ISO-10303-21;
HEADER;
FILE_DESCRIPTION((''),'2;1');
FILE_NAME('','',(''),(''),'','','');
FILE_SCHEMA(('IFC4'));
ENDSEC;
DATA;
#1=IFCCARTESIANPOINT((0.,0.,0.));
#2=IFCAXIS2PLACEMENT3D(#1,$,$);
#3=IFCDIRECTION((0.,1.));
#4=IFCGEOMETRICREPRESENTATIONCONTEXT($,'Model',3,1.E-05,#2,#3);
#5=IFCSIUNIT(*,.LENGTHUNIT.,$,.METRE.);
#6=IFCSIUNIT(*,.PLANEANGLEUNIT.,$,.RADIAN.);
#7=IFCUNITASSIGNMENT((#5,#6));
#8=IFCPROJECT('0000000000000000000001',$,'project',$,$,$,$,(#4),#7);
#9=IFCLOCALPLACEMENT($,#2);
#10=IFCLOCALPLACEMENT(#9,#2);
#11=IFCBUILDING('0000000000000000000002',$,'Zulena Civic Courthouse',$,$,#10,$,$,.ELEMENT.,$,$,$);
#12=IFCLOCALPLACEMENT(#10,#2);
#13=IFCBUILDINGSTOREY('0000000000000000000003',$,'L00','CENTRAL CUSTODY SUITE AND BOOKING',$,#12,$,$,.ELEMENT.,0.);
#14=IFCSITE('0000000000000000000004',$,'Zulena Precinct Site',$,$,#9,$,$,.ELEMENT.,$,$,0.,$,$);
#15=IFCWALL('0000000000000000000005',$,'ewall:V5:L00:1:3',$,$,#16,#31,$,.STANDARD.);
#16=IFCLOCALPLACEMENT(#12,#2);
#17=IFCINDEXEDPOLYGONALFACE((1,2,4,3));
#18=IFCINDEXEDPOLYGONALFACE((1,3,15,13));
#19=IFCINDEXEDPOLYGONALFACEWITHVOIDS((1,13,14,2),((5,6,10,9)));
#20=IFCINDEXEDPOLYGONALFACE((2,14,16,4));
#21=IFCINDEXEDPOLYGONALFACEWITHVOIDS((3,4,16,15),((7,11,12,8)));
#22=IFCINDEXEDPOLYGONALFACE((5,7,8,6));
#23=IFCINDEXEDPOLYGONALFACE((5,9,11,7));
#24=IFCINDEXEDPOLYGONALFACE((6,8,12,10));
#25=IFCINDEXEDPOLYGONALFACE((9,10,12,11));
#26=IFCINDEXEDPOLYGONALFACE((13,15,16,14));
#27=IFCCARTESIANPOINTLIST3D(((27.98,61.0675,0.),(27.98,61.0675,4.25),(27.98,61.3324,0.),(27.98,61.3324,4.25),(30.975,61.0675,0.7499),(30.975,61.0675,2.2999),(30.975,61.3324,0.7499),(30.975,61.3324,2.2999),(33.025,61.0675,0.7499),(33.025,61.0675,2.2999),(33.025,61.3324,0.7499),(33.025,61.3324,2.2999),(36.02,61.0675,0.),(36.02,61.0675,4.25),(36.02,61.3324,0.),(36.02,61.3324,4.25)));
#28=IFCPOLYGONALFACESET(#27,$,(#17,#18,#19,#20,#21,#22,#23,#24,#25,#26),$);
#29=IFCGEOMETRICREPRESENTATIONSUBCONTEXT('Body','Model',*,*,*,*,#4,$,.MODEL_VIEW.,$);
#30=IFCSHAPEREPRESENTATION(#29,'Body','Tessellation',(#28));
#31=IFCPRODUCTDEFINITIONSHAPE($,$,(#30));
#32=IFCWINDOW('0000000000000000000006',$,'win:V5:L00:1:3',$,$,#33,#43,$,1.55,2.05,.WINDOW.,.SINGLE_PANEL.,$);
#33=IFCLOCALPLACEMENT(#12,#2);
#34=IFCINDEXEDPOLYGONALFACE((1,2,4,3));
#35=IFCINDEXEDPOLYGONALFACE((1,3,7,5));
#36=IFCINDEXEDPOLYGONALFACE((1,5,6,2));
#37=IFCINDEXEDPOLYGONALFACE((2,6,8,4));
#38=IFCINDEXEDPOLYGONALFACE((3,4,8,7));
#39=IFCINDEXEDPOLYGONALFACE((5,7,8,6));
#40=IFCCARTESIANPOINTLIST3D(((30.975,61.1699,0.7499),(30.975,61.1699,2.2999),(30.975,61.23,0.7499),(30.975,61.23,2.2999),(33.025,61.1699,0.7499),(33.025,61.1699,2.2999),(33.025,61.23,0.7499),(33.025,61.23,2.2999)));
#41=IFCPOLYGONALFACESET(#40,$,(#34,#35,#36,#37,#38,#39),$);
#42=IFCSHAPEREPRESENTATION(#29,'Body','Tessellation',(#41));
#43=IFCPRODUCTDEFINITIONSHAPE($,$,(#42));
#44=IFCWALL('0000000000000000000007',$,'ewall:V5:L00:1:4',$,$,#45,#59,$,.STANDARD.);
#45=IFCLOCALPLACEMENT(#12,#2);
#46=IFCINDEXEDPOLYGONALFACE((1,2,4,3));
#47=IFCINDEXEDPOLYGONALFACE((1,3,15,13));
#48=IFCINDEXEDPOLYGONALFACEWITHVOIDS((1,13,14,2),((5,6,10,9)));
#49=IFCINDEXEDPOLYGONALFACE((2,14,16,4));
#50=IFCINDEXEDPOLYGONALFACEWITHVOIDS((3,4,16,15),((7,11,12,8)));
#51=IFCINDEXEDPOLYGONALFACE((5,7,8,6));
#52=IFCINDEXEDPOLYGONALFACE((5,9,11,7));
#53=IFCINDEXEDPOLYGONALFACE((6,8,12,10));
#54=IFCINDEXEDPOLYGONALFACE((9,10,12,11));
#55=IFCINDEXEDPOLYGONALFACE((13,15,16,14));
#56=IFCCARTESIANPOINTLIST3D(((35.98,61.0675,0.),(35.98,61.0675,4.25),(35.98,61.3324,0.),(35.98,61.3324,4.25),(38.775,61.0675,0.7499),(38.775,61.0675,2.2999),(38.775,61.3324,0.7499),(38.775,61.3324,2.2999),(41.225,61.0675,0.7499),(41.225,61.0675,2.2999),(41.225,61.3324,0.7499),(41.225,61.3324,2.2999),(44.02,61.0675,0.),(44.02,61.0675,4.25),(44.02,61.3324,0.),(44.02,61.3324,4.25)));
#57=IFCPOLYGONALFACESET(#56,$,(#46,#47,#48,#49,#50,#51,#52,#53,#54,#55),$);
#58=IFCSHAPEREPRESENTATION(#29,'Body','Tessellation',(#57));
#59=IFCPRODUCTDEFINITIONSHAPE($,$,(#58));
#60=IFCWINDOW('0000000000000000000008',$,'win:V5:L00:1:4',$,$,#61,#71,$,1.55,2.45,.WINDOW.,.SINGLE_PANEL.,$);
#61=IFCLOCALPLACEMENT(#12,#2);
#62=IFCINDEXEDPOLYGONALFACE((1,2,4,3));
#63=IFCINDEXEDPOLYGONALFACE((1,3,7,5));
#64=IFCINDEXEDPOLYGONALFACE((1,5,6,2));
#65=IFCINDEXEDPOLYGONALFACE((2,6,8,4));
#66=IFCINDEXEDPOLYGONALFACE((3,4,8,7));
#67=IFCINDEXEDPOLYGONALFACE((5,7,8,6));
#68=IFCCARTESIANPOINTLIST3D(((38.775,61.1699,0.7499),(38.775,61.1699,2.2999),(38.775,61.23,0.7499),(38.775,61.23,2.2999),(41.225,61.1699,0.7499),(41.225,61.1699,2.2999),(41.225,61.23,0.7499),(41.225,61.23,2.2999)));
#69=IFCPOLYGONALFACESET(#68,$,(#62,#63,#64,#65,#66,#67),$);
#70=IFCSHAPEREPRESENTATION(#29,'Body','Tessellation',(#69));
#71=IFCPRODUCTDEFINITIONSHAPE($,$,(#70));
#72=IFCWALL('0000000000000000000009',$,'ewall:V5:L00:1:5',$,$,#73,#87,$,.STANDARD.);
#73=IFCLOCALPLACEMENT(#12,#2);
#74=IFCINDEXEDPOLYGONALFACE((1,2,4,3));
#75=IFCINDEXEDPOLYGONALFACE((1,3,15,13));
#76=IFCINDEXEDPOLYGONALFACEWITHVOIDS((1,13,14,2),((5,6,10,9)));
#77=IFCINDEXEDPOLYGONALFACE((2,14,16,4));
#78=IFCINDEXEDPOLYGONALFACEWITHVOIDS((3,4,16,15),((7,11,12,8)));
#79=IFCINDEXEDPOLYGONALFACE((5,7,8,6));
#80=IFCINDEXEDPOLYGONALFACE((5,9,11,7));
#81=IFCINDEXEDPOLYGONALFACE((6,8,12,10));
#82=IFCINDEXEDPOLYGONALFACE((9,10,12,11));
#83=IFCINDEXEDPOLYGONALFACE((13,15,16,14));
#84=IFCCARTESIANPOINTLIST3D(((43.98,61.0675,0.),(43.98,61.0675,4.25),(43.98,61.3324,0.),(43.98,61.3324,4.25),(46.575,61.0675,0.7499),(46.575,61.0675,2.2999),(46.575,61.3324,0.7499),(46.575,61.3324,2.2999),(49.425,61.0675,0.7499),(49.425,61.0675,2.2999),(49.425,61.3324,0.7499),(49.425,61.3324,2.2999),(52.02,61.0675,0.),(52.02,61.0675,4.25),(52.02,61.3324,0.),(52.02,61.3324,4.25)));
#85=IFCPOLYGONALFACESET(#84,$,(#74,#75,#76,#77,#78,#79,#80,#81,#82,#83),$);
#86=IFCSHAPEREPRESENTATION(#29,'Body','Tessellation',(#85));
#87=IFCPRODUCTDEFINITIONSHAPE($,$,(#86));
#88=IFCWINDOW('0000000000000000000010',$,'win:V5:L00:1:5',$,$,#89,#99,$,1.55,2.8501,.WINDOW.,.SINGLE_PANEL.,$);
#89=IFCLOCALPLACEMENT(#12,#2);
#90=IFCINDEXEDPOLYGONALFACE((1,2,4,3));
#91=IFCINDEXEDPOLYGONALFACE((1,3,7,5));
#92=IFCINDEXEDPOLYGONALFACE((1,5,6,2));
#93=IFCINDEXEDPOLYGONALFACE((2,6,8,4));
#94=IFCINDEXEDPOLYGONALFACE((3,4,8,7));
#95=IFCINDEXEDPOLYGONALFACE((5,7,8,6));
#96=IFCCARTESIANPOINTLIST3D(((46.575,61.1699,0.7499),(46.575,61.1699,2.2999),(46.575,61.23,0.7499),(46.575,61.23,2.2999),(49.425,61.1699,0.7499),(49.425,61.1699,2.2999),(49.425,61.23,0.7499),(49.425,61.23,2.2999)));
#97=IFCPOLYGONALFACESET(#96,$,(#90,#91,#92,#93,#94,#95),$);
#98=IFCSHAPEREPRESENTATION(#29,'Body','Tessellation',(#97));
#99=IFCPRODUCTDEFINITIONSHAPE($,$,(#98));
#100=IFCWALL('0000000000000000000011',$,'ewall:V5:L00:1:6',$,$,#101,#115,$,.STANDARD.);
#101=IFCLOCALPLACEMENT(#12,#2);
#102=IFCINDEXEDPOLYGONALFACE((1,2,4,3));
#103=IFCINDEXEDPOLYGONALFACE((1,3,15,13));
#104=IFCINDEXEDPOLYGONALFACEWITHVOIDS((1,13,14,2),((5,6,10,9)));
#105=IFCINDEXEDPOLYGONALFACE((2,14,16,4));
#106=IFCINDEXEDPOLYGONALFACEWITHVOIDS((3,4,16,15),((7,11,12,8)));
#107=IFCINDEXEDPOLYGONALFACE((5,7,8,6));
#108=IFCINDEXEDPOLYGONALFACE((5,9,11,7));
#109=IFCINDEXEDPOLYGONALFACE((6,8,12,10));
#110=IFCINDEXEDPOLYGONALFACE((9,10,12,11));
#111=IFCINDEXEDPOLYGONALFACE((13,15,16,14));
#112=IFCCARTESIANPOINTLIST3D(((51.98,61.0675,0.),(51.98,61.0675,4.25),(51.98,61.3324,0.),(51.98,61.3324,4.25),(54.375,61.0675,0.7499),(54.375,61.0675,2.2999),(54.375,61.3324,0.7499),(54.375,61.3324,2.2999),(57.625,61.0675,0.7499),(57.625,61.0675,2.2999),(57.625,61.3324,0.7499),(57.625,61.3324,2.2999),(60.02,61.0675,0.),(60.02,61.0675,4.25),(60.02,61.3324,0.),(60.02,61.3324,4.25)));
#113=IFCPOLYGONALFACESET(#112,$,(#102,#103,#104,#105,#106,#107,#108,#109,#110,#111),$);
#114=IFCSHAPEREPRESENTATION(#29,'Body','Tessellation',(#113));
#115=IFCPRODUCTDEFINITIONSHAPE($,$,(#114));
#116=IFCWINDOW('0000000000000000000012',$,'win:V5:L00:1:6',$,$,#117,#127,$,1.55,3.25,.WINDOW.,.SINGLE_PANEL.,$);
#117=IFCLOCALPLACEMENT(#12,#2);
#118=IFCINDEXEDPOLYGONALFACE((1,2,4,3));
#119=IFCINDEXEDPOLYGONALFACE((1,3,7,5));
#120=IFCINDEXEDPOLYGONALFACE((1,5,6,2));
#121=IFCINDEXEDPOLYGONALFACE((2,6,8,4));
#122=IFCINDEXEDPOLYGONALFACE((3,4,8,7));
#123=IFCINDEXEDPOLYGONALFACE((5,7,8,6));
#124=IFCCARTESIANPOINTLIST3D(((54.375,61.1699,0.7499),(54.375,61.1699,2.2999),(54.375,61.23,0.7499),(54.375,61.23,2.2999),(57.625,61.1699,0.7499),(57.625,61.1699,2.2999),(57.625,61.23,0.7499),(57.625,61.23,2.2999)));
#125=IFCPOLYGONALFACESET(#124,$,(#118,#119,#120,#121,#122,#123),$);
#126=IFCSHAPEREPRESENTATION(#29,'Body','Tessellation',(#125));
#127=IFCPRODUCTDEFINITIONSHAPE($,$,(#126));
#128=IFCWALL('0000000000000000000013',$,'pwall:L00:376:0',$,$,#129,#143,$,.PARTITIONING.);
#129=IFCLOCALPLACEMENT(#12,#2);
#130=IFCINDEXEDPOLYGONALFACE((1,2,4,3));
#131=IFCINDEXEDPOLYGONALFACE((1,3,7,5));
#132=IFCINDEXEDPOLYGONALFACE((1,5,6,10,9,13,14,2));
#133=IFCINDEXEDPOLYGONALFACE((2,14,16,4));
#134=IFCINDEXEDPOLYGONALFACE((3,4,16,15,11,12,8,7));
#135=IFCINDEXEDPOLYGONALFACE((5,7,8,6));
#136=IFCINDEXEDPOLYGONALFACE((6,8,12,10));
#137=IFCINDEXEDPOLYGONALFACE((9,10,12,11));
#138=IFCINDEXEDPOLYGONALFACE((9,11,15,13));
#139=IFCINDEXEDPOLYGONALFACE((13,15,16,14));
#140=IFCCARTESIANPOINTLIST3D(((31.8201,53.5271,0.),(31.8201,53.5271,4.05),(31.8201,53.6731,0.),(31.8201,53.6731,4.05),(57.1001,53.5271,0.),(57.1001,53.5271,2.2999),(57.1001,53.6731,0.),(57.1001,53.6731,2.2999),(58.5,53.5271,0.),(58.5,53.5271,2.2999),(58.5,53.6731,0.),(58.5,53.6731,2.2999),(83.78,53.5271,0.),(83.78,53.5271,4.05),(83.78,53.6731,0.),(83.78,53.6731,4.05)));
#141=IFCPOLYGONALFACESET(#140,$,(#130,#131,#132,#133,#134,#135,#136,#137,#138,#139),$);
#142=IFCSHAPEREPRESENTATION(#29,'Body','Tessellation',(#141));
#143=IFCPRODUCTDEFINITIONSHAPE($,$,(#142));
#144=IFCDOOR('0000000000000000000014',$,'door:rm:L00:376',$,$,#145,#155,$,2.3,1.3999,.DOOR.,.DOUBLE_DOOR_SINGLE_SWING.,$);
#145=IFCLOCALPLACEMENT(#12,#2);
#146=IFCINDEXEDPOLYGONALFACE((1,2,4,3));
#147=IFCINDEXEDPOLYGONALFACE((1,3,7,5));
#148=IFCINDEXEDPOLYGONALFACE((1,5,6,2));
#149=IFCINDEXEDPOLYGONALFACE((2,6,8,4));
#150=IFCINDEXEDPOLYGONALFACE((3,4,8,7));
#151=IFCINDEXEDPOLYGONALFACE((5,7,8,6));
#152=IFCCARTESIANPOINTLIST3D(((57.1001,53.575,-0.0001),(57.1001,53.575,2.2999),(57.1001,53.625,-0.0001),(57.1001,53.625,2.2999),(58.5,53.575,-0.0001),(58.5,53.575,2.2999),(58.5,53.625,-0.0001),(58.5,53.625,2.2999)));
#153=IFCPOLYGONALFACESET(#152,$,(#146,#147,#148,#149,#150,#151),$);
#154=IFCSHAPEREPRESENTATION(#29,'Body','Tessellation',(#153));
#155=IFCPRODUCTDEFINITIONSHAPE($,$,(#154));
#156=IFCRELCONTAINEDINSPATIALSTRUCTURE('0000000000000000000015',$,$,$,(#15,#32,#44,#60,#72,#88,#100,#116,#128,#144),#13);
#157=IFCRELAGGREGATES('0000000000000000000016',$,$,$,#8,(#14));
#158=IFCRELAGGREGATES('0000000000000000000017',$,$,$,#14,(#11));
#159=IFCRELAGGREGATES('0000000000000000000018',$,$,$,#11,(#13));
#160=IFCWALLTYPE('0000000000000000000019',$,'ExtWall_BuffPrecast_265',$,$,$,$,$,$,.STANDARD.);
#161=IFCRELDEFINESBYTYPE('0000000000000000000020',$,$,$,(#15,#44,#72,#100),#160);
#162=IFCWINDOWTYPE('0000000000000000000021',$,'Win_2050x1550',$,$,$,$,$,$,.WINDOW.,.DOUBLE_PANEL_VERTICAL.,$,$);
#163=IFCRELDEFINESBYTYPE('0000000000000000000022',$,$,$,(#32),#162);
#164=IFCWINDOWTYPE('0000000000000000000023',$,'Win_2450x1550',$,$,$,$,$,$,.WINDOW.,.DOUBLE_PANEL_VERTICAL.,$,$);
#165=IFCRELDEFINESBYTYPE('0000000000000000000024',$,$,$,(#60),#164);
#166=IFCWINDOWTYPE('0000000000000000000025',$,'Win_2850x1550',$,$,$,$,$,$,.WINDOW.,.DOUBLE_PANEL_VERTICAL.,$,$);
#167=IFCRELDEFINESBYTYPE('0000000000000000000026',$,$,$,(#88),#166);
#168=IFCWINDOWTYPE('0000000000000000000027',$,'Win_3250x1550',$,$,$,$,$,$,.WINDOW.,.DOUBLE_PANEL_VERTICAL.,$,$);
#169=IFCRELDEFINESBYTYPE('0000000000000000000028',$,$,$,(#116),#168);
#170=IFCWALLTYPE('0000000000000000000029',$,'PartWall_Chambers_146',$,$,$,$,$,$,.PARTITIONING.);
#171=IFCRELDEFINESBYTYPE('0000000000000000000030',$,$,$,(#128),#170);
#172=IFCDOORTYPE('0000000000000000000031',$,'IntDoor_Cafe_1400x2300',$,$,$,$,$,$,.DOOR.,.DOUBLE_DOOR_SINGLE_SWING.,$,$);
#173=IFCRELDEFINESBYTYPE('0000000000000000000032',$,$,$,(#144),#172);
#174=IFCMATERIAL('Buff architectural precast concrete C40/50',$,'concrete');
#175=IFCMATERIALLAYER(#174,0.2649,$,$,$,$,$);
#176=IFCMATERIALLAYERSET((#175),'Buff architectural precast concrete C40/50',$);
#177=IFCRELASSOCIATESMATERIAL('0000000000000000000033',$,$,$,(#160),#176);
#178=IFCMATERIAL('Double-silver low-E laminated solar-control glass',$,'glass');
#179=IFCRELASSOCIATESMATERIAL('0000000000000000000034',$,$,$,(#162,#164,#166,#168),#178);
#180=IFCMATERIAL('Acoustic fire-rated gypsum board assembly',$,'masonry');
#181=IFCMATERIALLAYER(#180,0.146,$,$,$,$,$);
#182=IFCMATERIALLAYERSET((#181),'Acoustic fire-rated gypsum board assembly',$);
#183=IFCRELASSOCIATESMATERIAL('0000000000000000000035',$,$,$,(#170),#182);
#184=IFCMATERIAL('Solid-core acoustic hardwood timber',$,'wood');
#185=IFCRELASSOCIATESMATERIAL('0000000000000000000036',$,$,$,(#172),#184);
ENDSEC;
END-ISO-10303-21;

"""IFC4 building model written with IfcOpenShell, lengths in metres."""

from ifc_helpers import new_model, si_unit, direction, frame, frame_2d, origin, place, context, subcontext, project, spatial, rectangle, extrude, material, layer, layer_set, type_object, element, fill, save


model = new_model("IFC4")

# Units and contexts
model_context = context("Model", 3, precision=1e-05, world=origin(), true_north=direction((0.0, 1.0)))
body_context = subcontext(model_context, "Body", "Model", "MODEL_VIEW")
ifc_project = project(units=[si_unit("LENGTHUNIT", "METRE"), si_unit("PLANEANGLEUNIT", "RADIAN")], contexts=[model_context])

# Site, building, storey
site_placement = place(None, origin())
site = spatial("IfcSite", under=ifc_project, at=site_placement, Name="Zulena Precinct Site", CompositionType="ELEMENT", RefElevation=0.0)
building_placement = place(site_placement, origin())
building = spatial("IfcBuilding", under=site, at=building_placement, Name="Zulena Civic Courthouse", CompositionType="ELEMENT")
storey_placement = place(building_placement, origin())
storey = spatial("IfcBuildingStorey", under=building, at=storey_placement, Name="L00", Description="CENTRAL CUSTODY SUITE AND BOOKING", CompositionType="ELEMENT", Elevation=0.0)

# Walls, openings, windows
ifc_material_1 = material(Name="Buff architectural precast concrete C40/50", Category="concrete")
ifc_layer_1 = layer(ifc_material_1, 0.2649)
ifc_layer_set_1 = layer_set([ifc_layer_1], Name="Buff architectural precast concrete C40/50")
wall_type_1 = type_object("IfcWallType", Name="ExtWall_BuffPrecast_265", PredefinedType="STANDARD", material=ifc_layer_set_1)
wall_1_placement = place(storey_placement, frame((27.98, 61.2, 0.0), z_axis=(0.0, 0.0, 1.0), x_axis=(1.0, 0.0, 0.0)))
wall_1 = element("IfcWall", 1, at=wall_1_placement, inside=storey, type_object=wall_type_1, Name="ewall:V5:L00:1:3", PredefinedType="STANDARD", context=body_context, shape_type="SweptSolid", body=[
    extrude(rectangle(XDim=8.04, YDim=0.2649, at=frame_2d((4.02, 0.0))), origin(), (0.0, 0.0, 1.0), 4.25),
])
opening_1_placement = place(wall_1_placement, frame((2.9951, 0.0, 0.75)))
opening_1 = element("IfcOpeningElement", 2, at=opening_1_placement, cuts=wall_1, PredefinedType="OPENING", context=body_context, shape_type="SweptSolid", body=[
    extrude(rectangle(XDim=2.05, YDim=1.55, at=frame_2d((1.0249, 0.7749))), frame((0.0, 0.1423, 0.0), z_axis=(0.0, -1.0, 0.0), x_axis=(1.0, 0.0, 0.0)), (0.0, 0.0, 1.0), 0.2849),
])
ifc_material_2 = material(Name="Double-silver low-E laminated solar-control glass", Category="glass")
window_type_1 = type_object("IfcWindowType", Name="Win_2050x1550", PartitioningType="DOUBLE_PANEL_VERTICAL", PredefinedType="WINDOW", material=ifc_material_2)
window_1_placement = place(opening_1_placement, origin())
window_1 = element("IfcWindow", 3, at=window_1_placement, inside=storey, type_object=window_type_1, Name="win:V5:L00:1:3", OverallHeight=1.55, OverallWidth=2.05, PartitioningType="SINGLE_PANEL", PredefinedType="WINDOW", context=body_context, shape_type="SweptSolid", body=[
    extrude(rectangle(XDim=2.05, YDim=1.55, at=frame_2d((1.0249, 0.7749))), frame((0.0, 0.03, 0.0), z_axis=(0.0, -1.0, 0.0), x_axis=(1.0, 0.0, 0.0)), (0.0, 0.0, 1.0), 0.0601),
])
fill(opening_1, window_1)
wall_2_placement = place(storey_placement, frame((35.98, 61.2, 0.0), z_axis=(0.0, 0.0, 1.0), x_axis=(1.0, 0.0, 0.0)))
wall_2 = element("IfcWall", 4, at=wall_2_placement, inside=storey, type_object=wall_type_1, Name="ewall:V5:L00:1:4", PredefinedType="STANDARD", context=body_context, shape_type="SweptSolid", body=[
    extrude(rectangle(XDim=8.04, YDim=0.2649, at=frame_2d((4.02, 0.0))), origin(), (0.0, 0.0, 1.0), 4.25),
])
opening_2_placement = place(wall_2_placement, frame((2.7949, 0.0, 0.75)))
opening_2 = element("IfcOpeningElement", 5, at=opening_2_placement, cuts=wall_2, PredefinedType="OPENING", context=body_context, shape_type="SweptSolid", body=[
    extrude(rectangle(XDim=2.45, YDim=1.55, at=frame_2d((1.2251, 0.7749))), frame((0.0, 0.1423, 0.0), z_axis=(0.0, -1.0, 0.0), x_axis=(1.0, 0.0, 0.0)), (0.0, 0.0, 1.0), 0.2849),
])
window_type_2 = type_object("IfcWindowType", Name="Win_2450x1550", PartitioningType="DOUBLE_PANEL_VERTICAL", PredefinedType="WINDOW", material=ifc_material_2)
window_2_placement = place(opening_2_placement, origin())
window_2 = element("IfcWindow", 6, at=window_2_placement, inside=storey, type_object=window_type_2, Name="win:V5:L00:1:4", OverallHeight=1.55, OverallWidth=2.45, PartitioningType="SINGLE_PANEL", PredefinedType="WINDOW", context=body_context, shape_type="SweptSolid", body=[
    extrude(rectangle(XDim=2.45, YDim=1.55, at=frame_2d((1.2251, 0.7749))), frame((0.0, 0.03, 0.0), z_axis=(0.0, -1.0, 0.0), x_axis=(1.0, 0.0, 0.0)), (0.0, 0.0, 1.0), 0.0601),
])
fill(opening_2, window_2)
wall_3_placement = place(storey_placement, frame((43.98, 61.2, 0.0), z_axis=(0.0, 0.0, 1.0), x_axis=(1.0, 0.0, 0.0)))
wall_3 = element("IfcWall", 7, at=wall_3_placement, inside=storey, type_object=wall_type_1, Name="ewall:V5:L00:1:5", PredefinedType="STANDARD", context=body_context, shape_type="SweptSolid", body=[
    extrude(rectangle(XDim=8.04, YDim=0.2649, at=frame_2d((4.02, 0.0))), origin(), (0.0, 0.0, 1.0), 4.25),
])
opening_3_placement = place(wall_3_placement, frame((2.595, 0.0, 0.75)))
opening_3 = element("IfcOpeningElement", 8, at=opening_3_placement, cuts=wall_3, PredefinedType="OPENING", context=body_context, shape_type="SweptSolid", body=[
    extrude(rectangle(XDim=2.8501, YDim=1.55, at=frame_2d((1.425, 0.7749))), frame((0.0, 0.1423, 0.0), z_axis=(0.0, -1.0, 0.0), x_axis=(1.0, 0.0, 0.0)), (0.0, 0.0, 1.0), 0.2849),
])
window_type_3 = type_object("IfcWindowType", Name="Win_2850x1550", PartitioningType="DOUBLE_PANEL_VERTICAL", PredefinedType="WINDOW", material=ifc_material_2)
window_3_placement = place(opening_3_placement, origin())
window_3 = element("IfcWindow", 9, at=window_3_placement, inside=storey, type_object=window_type_3, Name="win:V5:L00:1:5", OverallHeight=1.55, OverallWidth=2.8501, PartitioningType="SINGLE_PANEL", PredefinedType="WINDOW", context=body_context, shape_type="SweptSolid", body=[
    extrude(rectangle(XDim=2.8501, YDim=1.55, at=frame_2d((1.425, 0.7749))), frame((0.0, 0.03, 0.0), z_axis=(0.0, -1.0, 0.0), x_axis=(1.0, 0.0, 0.0)), (0.0, 0.0, 1.0), 0.0601),
])
fill(opening_3, window_3)
wall_4_placement = place(storey_placement, frame((51.98, 61.2, 0.0), z_axis=(0.0, 0.0, 1.0), x_axis=(1.0, 0.0, 0.0)))
wall_4 = element("IfcWall", 10, at=wall_4_placement, inside=storey, type_object=wall_type_1, Name="ewall:V5:L00:1:6", PredefinedType="STANDARD", context=body_context, shape_type="SweptSolid", body=[
    extrude(rectangle(XDim=8.04, YDim=0.2649, at=frame_2d((4.02, 0.0))), origin(), (0.0, 0.0, 1.0), 4.25),
])
opening_4_placement = place(wall_4_placement, frame((2.395, 0.0, 0.75)))
opening_4 = element("IfcOpeningElement", 11, at=opening_4_placement, cuts=wall_4, PredefinedType="OPENING", context=body_context, shape_type="SweptSolid", body=[
    extrude(rectangle(XDim=3.25, YDim=1.55, at=frame_2d((1.625, 0.7749))), frame((0.0, 0.1423, 0.0), z_axis=(0.0, -1.0, 0.0), x_axis=(1.0, 0.0, 0.0)), (0.0, 0.0, 1.0), 0.2849),
])
window_type_4 = type_object("IfcWindowType", Name="Win_3250x1550", PartitioningType="DOUBLE_PANEL_VERTICAL", PredefinedType="WINDOW", material=ifc_material_2)
window_4_placement = place(opening_4_placement, origin())
window_4 = element("IfcWindow", 12, at=window_4_placement, inside=storey, type_object=window_type_4, Name="win:V5:L00:1:6", OverallHeight=1.55, OverallWidth=3.25, PartitioningType="SINGLE_PANEL", PredefinedType="WINDOW", context=body_context, shape_type="SweptSolid", body=[
    extrude(rectangle(XDim=3.25, YDim=1.55, at=frame_2d((1.625, 0.7749))), frame((0.0, 0.03, 0.0), z_axis=(0.0, -1.0, 0.0), x_axis=(1.0, 0.0, 0.0)), (0.0, 0.0, 1.0), 0.0601),
])
fill(opening_4, window_4)

# Wall, opening, door
ifc_material_3 = material(Name="Acoustic fire-rated gypsum board assembly", Category="masonry")
ifc_layer_2 = layer(ifc_material_3, 0.146)
ifc_layer_set_2 = layer_set([ifc_layer_2], Name="Acoustic fire-rated gypsum board assembly")
wall_type_2 = type_object("IfcWallType", Name="PartWall_Chambers_146", PredefinedType="PARTITIONING", material=ifc_layer_set_2)
wall_5_placement = place(storey_placement, frame((31.8201, 53.6001, 0.0), z_axis=(0.0, 0.0, 1.0), x_axis=(1.0, 0.0, 0.0)))
wall_5 = element("IfcWall", 13, at=wall_5_placement, inside=storey, type_object=wall_type_2, Name="pwall:L00:376:0", PredefinedType="PARTITIONING", context=body_context, shape_type="SweptSolid", body=[
    extrude(rectangle(XDim=51.96, YDim=0.146, at=frame_2d((25.98, 0.0))), origin(), (0.0, 0.0, 1.0), 4.05),
])
opening_5_placement = place(wall_5_placement, frame((25.28, 0.0, 0.0)))
opening_5 = element("IfcOpeningElement", 14, at=opening_5_placement, cuts=wall_5, PredefinedType="OPENING", context=body_context, shape_type="SweptSolid", body=[
    extrude(rectangle(XDim=1.3999, YDim=2.3, at=frame_2d((0.7, 1.1499))), frame((0.0, 0.083, 0.0), z_axis=(0.0, -1.0, 0.0), x_axis=(1.0, 0.0, 0.0)), (0.0, 0.0, 1.0), 0.166),
])
ifc_material_4 = material(Name="Solid-core acoustic hardwood timber", Category="wood")
door_type = type_object("IfcDoorType", Name="IntDoor_Cafe_1400x2300", OperationType="DOUBLE_DOOR_SINGLE_SWING", PredefinedType="DOOR", material=ifc_material_4)
door_placement = place(opening_5_placement, origin())
door = element("IfcDoor", 15, at=door_placement, inside=storey, type_object=door_type, Name="door:rm:L00:376", OperationType="DOUBLE_DOOR_SINGLE_SWING", OverallHeight=2.3, OverallWidth=1.3999, PredefinedType="DOOR", context=body_context, shape_type="SweptSolid", body=[
    extrude(rectangle(XDim=1.3999, YDim=2.3, at=frame_2d((0.7, 1.1499))), frame((0.0, 0.0249, 0.0), z_axis=(0.0, -1.0, 0.0), x_axis=(1.0, 0.0, 0.0)), (0.0, 0.0, 1.0), 0.05),
])
fill(opening_5, door)

save(model, "model.ifc")
